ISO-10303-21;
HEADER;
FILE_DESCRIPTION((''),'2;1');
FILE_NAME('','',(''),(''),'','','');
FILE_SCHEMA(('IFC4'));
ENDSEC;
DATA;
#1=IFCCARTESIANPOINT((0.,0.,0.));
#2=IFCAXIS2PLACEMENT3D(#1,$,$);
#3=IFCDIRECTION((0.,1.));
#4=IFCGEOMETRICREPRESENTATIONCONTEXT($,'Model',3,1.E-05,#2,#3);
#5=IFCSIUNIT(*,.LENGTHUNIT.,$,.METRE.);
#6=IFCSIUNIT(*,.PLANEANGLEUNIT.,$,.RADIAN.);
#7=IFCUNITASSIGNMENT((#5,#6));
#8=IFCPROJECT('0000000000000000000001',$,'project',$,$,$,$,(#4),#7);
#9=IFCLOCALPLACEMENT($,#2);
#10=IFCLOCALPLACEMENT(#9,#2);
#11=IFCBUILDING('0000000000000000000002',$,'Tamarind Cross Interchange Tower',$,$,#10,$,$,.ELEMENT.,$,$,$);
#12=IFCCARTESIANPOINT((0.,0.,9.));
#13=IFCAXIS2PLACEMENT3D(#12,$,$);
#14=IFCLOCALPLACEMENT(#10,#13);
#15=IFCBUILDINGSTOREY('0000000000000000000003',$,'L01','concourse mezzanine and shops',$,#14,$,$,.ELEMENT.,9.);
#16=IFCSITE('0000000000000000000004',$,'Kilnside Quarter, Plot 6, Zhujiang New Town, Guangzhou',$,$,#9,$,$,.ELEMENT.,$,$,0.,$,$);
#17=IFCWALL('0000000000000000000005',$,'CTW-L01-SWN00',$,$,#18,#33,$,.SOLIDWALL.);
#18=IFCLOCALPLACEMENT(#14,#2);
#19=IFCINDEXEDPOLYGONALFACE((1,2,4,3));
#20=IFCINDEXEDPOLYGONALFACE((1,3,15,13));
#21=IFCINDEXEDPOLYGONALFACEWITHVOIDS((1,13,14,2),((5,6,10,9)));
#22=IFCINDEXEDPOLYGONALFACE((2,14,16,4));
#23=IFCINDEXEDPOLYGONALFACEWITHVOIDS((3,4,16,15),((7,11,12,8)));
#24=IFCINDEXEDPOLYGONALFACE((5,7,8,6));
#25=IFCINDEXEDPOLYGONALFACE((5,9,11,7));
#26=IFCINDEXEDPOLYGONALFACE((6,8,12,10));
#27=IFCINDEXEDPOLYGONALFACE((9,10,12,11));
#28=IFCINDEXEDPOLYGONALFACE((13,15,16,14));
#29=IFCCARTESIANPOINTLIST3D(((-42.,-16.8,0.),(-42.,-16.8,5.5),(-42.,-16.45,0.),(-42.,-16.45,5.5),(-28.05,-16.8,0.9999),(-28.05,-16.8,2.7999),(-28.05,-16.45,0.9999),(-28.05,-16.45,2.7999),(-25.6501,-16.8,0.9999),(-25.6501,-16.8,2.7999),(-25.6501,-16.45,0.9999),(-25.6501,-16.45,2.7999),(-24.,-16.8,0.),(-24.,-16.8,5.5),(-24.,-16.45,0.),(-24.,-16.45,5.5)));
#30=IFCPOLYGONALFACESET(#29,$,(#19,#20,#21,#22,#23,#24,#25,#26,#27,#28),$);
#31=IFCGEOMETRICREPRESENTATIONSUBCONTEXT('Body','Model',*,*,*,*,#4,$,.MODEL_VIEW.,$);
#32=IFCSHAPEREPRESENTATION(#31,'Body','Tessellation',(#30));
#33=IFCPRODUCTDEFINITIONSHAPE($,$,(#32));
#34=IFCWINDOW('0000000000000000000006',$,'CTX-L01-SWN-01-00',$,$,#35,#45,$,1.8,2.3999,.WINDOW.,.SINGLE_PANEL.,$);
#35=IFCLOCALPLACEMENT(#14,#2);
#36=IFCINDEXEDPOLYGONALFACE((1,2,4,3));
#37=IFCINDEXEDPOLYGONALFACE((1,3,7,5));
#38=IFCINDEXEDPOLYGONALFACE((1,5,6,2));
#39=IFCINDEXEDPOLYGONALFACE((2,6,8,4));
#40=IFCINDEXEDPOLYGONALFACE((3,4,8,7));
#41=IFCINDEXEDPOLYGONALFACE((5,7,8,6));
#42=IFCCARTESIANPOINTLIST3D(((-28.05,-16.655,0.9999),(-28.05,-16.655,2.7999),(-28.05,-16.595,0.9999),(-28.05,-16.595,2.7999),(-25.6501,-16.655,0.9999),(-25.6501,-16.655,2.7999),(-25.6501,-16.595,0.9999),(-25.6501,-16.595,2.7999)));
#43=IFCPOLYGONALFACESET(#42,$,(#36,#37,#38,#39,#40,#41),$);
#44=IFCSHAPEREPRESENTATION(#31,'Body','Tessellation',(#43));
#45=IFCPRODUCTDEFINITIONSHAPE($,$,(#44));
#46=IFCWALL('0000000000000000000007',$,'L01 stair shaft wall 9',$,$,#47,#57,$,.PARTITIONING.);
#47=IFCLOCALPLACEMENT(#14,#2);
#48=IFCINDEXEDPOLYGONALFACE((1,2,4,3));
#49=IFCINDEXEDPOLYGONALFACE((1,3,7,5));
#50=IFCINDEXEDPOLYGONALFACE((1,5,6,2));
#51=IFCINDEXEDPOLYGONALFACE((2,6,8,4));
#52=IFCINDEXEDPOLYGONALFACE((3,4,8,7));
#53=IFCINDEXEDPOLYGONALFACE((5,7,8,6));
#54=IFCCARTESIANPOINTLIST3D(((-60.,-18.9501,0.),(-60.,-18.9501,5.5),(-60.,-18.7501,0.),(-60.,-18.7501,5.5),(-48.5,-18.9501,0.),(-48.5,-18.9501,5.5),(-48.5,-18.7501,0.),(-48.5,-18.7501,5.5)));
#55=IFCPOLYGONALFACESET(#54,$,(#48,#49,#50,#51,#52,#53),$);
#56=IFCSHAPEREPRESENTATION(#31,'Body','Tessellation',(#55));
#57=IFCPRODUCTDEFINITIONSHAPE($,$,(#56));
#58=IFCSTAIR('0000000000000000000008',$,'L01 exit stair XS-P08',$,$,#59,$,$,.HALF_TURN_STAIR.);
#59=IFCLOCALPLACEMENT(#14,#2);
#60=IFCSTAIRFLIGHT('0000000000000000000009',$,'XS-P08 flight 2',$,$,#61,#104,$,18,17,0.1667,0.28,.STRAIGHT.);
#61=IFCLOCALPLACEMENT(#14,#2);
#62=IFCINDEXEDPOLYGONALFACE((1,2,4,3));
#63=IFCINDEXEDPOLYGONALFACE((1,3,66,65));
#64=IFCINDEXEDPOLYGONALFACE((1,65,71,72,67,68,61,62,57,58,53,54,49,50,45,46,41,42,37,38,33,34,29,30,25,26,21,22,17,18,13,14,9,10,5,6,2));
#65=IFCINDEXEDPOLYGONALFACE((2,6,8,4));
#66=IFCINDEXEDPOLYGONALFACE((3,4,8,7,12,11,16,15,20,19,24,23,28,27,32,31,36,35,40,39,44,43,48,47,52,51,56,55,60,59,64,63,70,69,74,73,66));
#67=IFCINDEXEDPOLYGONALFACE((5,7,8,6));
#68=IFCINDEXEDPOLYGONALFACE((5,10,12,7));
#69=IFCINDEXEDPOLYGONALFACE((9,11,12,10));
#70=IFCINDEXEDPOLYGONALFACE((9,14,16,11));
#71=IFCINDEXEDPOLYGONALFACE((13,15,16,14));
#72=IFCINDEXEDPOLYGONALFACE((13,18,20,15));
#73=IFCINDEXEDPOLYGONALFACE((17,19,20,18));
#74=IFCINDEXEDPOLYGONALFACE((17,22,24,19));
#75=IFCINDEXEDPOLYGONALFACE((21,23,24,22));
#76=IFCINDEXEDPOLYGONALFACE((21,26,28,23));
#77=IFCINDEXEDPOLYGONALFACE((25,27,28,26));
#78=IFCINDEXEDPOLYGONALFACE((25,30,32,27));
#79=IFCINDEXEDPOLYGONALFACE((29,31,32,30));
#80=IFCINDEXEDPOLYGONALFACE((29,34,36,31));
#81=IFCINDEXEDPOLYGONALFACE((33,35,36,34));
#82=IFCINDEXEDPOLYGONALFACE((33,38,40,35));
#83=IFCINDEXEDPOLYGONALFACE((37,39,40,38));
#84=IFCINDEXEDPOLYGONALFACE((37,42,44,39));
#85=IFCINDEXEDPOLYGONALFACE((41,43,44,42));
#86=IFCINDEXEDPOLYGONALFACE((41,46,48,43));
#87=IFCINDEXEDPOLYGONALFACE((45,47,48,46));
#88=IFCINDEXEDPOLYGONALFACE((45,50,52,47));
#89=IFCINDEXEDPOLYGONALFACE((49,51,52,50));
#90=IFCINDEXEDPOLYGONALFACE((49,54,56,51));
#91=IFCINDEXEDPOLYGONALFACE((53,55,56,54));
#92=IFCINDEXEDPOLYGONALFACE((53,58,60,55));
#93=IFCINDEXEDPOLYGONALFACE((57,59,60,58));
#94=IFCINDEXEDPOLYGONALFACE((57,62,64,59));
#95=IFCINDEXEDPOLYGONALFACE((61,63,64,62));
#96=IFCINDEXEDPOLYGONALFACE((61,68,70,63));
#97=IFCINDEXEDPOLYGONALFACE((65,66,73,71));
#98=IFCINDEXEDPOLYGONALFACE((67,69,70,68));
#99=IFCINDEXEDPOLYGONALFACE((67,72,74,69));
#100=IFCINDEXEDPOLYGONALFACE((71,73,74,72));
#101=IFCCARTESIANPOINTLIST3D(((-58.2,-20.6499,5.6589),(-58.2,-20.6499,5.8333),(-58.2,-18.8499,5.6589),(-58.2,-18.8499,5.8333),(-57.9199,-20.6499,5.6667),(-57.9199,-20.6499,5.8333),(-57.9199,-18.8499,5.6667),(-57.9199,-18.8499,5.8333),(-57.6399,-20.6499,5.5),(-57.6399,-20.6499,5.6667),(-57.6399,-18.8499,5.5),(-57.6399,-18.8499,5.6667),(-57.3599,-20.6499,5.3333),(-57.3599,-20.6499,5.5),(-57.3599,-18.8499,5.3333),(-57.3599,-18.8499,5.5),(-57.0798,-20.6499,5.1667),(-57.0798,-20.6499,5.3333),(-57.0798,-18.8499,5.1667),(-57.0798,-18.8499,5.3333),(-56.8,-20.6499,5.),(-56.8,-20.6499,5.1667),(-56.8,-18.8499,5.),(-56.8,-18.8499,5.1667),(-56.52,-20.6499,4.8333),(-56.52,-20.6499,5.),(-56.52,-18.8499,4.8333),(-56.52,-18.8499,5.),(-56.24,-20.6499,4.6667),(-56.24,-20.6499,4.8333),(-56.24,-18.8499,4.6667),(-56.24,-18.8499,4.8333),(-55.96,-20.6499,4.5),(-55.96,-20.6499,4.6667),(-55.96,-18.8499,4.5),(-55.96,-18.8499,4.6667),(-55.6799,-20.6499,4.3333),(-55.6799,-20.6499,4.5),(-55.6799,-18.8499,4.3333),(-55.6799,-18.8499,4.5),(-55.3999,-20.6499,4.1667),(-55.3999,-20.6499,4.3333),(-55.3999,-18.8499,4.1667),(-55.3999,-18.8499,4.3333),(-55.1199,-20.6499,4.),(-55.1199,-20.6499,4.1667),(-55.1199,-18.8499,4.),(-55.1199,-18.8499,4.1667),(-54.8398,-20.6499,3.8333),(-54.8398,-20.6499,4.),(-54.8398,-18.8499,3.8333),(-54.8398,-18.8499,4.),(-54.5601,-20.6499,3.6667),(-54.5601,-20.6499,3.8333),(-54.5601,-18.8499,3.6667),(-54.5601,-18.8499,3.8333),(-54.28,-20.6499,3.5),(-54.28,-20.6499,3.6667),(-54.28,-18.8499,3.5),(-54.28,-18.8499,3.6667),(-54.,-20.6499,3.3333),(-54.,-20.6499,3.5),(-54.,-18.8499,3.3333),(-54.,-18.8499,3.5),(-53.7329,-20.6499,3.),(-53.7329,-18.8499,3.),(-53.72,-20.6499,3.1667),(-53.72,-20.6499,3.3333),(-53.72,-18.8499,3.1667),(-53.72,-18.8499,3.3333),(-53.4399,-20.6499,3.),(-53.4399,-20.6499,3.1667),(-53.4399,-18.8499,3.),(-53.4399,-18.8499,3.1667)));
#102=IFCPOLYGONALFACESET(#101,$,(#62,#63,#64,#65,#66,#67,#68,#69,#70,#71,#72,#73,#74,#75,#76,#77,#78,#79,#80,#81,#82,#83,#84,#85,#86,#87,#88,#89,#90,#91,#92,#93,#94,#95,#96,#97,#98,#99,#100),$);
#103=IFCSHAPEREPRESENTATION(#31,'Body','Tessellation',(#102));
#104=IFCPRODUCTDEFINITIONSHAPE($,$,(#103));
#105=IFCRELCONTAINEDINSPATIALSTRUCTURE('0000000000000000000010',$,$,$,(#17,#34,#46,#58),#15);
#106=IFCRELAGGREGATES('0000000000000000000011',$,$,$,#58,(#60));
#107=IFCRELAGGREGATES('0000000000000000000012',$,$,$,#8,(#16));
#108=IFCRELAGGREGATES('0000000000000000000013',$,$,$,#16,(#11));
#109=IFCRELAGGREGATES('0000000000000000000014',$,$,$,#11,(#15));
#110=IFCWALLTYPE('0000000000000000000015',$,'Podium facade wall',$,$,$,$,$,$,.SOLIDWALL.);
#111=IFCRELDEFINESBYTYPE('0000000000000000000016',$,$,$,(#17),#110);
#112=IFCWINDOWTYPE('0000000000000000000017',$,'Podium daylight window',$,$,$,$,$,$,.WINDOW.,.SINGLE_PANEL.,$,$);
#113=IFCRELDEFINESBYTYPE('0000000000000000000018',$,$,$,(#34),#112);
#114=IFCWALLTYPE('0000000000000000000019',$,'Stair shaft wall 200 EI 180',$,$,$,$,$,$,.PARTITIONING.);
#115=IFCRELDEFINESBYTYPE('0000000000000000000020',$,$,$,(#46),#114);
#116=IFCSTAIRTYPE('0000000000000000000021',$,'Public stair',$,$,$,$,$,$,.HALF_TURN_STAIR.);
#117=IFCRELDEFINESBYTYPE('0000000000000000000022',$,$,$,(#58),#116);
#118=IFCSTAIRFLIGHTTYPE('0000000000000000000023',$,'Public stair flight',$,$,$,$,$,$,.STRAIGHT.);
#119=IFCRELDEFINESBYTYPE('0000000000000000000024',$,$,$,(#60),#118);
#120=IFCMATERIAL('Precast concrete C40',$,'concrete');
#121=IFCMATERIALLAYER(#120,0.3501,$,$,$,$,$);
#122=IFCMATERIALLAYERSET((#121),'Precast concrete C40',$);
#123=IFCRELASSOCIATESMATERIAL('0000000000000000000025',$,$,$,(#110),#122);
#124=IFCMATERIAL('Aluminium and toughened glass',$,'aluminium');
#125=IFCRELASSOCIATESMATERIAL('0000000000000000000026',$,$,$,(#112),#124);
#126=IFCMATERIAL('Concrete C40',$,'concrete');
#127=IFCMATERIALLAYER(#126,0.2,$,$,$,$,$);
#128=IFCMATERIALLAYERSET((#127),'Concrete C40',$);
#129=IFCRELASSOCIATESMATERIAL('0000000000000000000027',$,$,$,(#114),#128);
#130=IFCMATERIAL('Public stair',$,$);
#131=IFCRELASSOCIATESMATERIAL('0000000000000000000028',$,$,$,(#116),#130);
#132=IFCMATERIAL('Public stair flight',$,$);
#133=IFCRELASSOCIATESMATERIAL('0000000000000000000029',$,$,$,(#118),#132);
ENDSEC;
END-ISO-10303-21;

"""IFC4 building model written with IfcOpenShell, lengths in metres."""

from ifc_helpers import new_model, si_unit, direction, frame, frame_2d, origin, place, context, subcontext, project, spatial, polyline, rectangle, outline, extrude, material, layer, layer_set, type_object, element, fill, aggregate, save


model = new_model("IFC4")

# Units and contexts
model_context = context("Model", 3, precision=1e-05, world=origin(), true_north=direction((0.0, 1.0)))
body_context = subcontext(model_context, "Body", "Model", "MODEL_VIEW")
ifc_project = project(units=[si_unit("LENGTHUNIT", "METRE"), si_unit("PLANEANGLEUNIT", "RADIAN")], contexts=[model_context])

# Site, building, storey
site_placement = place(None, origin())
site = spatial("IfcSite", under=ifc_project, at=site_placement, Name="Kilnside Quarter, Plot 6, Zhujiang New Town, Guangzhou", CompositionType="ELEMENT", RefElevation=0.0)
building_placement = place(site_placement, origin())
building = spatial("IfcBuilding", under=site, at=building_placement, Name="Tamarind Cross Interchange Tower", CompositionType="ELEMENT")
storey_placement = place(building_placement, frame((0.0, 0.0, 9.0)))
storey = spatial("IfcBuildingStorey", under=building, at=storey_placement, Name="L01", Description="concourse mezzanine and shops", CompositionType="ELEMENT", Elevation=9.0)

# Wall, opening, window
ifc_material_1 = material(Name="Precast concrete C40", Category="concrete")
ifc_layer_1 = layer(ifc_material_1, 0.3501)
ifc_layer_set_1 = layer_set([ifc_layer_1], Name="Precast concrete C40")
wall_type_1 = type_object("IfcWallType", Name="Podium facade wall", PredefinedType="SOLIDWALL", material=ifc_layer_set_1)
wall_1_placement = place(storey_placement, frame((-42.0, -16.625, 0.0), z_axis=(0.0, 0.0, 1.0), x_axis=(1.0, 0.0, 0.0)))
wall_1 = element("IfcWall", 1, at=wall_1_placement, inside=storey, type_object=wall_type_1, Name="CTW-L01-SWN00", PredefinedType="SOLIDWALL", context=body_context, shape_type="SweptSolid", body=[
    extrude(rectangle(XDim=18.0, YDim=0.3501, at=frame_2d((9.0, 0.0))), origin(), (0.0, 0.0, 1.0), 5.5),
])
opening_1_placement = place(wall_1_placement, frame((13.95, 0.0, 1.0)))
opening_1 = element("IfcOpeningElement", 2, at=opening_1_placement, cuts=wall_1, PredefinedType="OPENING", context=body_context, shape_type="SweptSolid", body=[
    extrude(rectangle(XDim=2.3999, YDim=1.8, at=frame_2d((1.2, 0.8999))), frame((0.0, 0.1851, 0.0), z_axis=(0.0, -1.0, 0.0), x_axis=(1.0, 0.0, 0.0)), (0.0, 0.0, 1.0), 0.3701),
])
ifc_material_2 = material(Name="Aluminium and toughened glass", Category="aluminium")
window_type = type_object("IfcWindowType", Name="Podium daylight window", PartitioningType="SINGLE_PANEL", PredefinedType="WINDOW", material=ifc_material_2)
window_placement = place(opening_1_placement, origin())
window = element("IfcWindow", 3, at=window_placement, inside=storey, type_object=window_type, Name="CTX-L01-SWN-01-00", OverallHeight=1.8, OverallWidth=2.3999, PartitioningType="SINGLE_PANEL", PredefinedType="WINDOW", context=body_context, shape_type="SweptSolid", body=[
    extrude(rectangle(XDim=2.3999, YDim=1.8, at=frame_2d((1.2, 0.8999))), frame((0.0, 0.03, 0.0), z_axis=(0.0, -1.0, 0.0), x_axis=(1.0, 0.0, 0.0)), (0.0, 0.0, 1.0), 0.0601),
])
fill(opening_1, window)

# Wall
ifc_material_3 = material(Name="Concrete C40", Category="concrete")
ifc_layer_2 = layer(ifc_material_3, 0.2)
ifc_layer_set_2 = layer_set([ifc_layer_2], Name="Concrete C40")
wall_type_2 = type_object("IfcWallType", Name="Stair shaft wall 200 EI 180", PredefinedType="PARTITIONING", material=ifc_layer_set_2)
wall_2_placement = place(storey_placement, frame((-60.0, -18.8501, 0.0), z_axis=(0.0, 0.0, 1.0), x_axis=(1.0, 0.0, 0.0)))
element("IfcWall", 4, at=wall_2_placement, inside=storey, type_object=wall_type_2, Name="L01 stair shaft wall 9", PredefinedType="PARTITIONING", context=body_context, shape_type="SweptSolid", body=[
    extrude(rectangle(XDim=11.5, YDim=0.2, at=frame_2d((5.75, 0.0))), origin(), (0.0, 0.0, 1.0), 5.5),
])

# Stair, stair flight
ifc_material_4 = material(Name="Public stair")
stair_type = type_object("IfcStairType", Name="Public stair", PredefinedType="HALF_TURN_STAIR", material=ifc_material_4)
stair_placement = place(storey_placement, origin())
stair = element("IfcStair", 5, at=stair_placement, inside=storey, type_object=stair_type, Name="L01 exit stair XS-P08", PredefinedType="HALF_TURN_STAIR")
ifc_material_5 = material(Name="Public stair flight")
stair_flight_type = type_object("IfcStairFlightType", Name="Public stair flight", PredefinedType="STRAIGHT", material=ifc_material_5)
stair_flight_placement = place(storey_placement, frame((-53.4399, -19.75, 3.0), z_axis=(0.0, 0.0, 1.0), x_axis=(-1.0, 0.0, 0.0)))
stair_flight = element("IfcStairFlight", 6, at=stair_flight_placement, type_object=stair_flight_type, Name="XS-P08 flight 2", NumberOfRisers=18, NumberOfTreads=17, PredefinedType="STRAIGHT", RiserHeight=0.1667, TreadLength=0.28, context=body_context, shape_type="SweptSolid", body=[
    extrude(outline(polyline([(0.0, 0.0), (0.0, 0.1667), (0.28, 0.1667), (0.28, 0.3333), (0.5601, 0.3333), (0.5601, 0.5), (0.8401, 0.5), (0.8401, 0.6667), (1.1201, 0.6667), (1.1201, 0.8333), (1.3999, 0.8333), (1.3999, 1.0), (1.6799, 1.0), (1.6799, 1.1667), (1.96, 1.1667), (1.96, 1.3333), (2.24, 1.3333), (2.24, 1.5), (2.52, 1.5), (2.52, 1.6667), (2.8, 1.6667), (2.8, 1.8333), (3.0801, 1.8333), (3.0801, 2.0), (3.3601, 2.0), (3.3601, 2.1667), (3.6399, 2.1667), (3.6399, 2.3333), (3.9199, 2.3333), (3.9199, 2.5), (4.2, 2.5), (4.2, 2.6667), (4.48, 2.6667), (4.48, 2.8333), (4.76, 2.8333), (4.76, 3.0), (4.76, 2.6589), (0.293, 0.0), (0.0, 0.0)])), frame((0.0, 0.8999, 0.0), z_axis=(0.0, -1.0, 0.0), x_axis=(1.0, 0.0, 0.0)), (0.0, 0.0, 1.0), 1.8),
])
aggregate(stair, [stair_flight])

save(model, "model.ifc")
